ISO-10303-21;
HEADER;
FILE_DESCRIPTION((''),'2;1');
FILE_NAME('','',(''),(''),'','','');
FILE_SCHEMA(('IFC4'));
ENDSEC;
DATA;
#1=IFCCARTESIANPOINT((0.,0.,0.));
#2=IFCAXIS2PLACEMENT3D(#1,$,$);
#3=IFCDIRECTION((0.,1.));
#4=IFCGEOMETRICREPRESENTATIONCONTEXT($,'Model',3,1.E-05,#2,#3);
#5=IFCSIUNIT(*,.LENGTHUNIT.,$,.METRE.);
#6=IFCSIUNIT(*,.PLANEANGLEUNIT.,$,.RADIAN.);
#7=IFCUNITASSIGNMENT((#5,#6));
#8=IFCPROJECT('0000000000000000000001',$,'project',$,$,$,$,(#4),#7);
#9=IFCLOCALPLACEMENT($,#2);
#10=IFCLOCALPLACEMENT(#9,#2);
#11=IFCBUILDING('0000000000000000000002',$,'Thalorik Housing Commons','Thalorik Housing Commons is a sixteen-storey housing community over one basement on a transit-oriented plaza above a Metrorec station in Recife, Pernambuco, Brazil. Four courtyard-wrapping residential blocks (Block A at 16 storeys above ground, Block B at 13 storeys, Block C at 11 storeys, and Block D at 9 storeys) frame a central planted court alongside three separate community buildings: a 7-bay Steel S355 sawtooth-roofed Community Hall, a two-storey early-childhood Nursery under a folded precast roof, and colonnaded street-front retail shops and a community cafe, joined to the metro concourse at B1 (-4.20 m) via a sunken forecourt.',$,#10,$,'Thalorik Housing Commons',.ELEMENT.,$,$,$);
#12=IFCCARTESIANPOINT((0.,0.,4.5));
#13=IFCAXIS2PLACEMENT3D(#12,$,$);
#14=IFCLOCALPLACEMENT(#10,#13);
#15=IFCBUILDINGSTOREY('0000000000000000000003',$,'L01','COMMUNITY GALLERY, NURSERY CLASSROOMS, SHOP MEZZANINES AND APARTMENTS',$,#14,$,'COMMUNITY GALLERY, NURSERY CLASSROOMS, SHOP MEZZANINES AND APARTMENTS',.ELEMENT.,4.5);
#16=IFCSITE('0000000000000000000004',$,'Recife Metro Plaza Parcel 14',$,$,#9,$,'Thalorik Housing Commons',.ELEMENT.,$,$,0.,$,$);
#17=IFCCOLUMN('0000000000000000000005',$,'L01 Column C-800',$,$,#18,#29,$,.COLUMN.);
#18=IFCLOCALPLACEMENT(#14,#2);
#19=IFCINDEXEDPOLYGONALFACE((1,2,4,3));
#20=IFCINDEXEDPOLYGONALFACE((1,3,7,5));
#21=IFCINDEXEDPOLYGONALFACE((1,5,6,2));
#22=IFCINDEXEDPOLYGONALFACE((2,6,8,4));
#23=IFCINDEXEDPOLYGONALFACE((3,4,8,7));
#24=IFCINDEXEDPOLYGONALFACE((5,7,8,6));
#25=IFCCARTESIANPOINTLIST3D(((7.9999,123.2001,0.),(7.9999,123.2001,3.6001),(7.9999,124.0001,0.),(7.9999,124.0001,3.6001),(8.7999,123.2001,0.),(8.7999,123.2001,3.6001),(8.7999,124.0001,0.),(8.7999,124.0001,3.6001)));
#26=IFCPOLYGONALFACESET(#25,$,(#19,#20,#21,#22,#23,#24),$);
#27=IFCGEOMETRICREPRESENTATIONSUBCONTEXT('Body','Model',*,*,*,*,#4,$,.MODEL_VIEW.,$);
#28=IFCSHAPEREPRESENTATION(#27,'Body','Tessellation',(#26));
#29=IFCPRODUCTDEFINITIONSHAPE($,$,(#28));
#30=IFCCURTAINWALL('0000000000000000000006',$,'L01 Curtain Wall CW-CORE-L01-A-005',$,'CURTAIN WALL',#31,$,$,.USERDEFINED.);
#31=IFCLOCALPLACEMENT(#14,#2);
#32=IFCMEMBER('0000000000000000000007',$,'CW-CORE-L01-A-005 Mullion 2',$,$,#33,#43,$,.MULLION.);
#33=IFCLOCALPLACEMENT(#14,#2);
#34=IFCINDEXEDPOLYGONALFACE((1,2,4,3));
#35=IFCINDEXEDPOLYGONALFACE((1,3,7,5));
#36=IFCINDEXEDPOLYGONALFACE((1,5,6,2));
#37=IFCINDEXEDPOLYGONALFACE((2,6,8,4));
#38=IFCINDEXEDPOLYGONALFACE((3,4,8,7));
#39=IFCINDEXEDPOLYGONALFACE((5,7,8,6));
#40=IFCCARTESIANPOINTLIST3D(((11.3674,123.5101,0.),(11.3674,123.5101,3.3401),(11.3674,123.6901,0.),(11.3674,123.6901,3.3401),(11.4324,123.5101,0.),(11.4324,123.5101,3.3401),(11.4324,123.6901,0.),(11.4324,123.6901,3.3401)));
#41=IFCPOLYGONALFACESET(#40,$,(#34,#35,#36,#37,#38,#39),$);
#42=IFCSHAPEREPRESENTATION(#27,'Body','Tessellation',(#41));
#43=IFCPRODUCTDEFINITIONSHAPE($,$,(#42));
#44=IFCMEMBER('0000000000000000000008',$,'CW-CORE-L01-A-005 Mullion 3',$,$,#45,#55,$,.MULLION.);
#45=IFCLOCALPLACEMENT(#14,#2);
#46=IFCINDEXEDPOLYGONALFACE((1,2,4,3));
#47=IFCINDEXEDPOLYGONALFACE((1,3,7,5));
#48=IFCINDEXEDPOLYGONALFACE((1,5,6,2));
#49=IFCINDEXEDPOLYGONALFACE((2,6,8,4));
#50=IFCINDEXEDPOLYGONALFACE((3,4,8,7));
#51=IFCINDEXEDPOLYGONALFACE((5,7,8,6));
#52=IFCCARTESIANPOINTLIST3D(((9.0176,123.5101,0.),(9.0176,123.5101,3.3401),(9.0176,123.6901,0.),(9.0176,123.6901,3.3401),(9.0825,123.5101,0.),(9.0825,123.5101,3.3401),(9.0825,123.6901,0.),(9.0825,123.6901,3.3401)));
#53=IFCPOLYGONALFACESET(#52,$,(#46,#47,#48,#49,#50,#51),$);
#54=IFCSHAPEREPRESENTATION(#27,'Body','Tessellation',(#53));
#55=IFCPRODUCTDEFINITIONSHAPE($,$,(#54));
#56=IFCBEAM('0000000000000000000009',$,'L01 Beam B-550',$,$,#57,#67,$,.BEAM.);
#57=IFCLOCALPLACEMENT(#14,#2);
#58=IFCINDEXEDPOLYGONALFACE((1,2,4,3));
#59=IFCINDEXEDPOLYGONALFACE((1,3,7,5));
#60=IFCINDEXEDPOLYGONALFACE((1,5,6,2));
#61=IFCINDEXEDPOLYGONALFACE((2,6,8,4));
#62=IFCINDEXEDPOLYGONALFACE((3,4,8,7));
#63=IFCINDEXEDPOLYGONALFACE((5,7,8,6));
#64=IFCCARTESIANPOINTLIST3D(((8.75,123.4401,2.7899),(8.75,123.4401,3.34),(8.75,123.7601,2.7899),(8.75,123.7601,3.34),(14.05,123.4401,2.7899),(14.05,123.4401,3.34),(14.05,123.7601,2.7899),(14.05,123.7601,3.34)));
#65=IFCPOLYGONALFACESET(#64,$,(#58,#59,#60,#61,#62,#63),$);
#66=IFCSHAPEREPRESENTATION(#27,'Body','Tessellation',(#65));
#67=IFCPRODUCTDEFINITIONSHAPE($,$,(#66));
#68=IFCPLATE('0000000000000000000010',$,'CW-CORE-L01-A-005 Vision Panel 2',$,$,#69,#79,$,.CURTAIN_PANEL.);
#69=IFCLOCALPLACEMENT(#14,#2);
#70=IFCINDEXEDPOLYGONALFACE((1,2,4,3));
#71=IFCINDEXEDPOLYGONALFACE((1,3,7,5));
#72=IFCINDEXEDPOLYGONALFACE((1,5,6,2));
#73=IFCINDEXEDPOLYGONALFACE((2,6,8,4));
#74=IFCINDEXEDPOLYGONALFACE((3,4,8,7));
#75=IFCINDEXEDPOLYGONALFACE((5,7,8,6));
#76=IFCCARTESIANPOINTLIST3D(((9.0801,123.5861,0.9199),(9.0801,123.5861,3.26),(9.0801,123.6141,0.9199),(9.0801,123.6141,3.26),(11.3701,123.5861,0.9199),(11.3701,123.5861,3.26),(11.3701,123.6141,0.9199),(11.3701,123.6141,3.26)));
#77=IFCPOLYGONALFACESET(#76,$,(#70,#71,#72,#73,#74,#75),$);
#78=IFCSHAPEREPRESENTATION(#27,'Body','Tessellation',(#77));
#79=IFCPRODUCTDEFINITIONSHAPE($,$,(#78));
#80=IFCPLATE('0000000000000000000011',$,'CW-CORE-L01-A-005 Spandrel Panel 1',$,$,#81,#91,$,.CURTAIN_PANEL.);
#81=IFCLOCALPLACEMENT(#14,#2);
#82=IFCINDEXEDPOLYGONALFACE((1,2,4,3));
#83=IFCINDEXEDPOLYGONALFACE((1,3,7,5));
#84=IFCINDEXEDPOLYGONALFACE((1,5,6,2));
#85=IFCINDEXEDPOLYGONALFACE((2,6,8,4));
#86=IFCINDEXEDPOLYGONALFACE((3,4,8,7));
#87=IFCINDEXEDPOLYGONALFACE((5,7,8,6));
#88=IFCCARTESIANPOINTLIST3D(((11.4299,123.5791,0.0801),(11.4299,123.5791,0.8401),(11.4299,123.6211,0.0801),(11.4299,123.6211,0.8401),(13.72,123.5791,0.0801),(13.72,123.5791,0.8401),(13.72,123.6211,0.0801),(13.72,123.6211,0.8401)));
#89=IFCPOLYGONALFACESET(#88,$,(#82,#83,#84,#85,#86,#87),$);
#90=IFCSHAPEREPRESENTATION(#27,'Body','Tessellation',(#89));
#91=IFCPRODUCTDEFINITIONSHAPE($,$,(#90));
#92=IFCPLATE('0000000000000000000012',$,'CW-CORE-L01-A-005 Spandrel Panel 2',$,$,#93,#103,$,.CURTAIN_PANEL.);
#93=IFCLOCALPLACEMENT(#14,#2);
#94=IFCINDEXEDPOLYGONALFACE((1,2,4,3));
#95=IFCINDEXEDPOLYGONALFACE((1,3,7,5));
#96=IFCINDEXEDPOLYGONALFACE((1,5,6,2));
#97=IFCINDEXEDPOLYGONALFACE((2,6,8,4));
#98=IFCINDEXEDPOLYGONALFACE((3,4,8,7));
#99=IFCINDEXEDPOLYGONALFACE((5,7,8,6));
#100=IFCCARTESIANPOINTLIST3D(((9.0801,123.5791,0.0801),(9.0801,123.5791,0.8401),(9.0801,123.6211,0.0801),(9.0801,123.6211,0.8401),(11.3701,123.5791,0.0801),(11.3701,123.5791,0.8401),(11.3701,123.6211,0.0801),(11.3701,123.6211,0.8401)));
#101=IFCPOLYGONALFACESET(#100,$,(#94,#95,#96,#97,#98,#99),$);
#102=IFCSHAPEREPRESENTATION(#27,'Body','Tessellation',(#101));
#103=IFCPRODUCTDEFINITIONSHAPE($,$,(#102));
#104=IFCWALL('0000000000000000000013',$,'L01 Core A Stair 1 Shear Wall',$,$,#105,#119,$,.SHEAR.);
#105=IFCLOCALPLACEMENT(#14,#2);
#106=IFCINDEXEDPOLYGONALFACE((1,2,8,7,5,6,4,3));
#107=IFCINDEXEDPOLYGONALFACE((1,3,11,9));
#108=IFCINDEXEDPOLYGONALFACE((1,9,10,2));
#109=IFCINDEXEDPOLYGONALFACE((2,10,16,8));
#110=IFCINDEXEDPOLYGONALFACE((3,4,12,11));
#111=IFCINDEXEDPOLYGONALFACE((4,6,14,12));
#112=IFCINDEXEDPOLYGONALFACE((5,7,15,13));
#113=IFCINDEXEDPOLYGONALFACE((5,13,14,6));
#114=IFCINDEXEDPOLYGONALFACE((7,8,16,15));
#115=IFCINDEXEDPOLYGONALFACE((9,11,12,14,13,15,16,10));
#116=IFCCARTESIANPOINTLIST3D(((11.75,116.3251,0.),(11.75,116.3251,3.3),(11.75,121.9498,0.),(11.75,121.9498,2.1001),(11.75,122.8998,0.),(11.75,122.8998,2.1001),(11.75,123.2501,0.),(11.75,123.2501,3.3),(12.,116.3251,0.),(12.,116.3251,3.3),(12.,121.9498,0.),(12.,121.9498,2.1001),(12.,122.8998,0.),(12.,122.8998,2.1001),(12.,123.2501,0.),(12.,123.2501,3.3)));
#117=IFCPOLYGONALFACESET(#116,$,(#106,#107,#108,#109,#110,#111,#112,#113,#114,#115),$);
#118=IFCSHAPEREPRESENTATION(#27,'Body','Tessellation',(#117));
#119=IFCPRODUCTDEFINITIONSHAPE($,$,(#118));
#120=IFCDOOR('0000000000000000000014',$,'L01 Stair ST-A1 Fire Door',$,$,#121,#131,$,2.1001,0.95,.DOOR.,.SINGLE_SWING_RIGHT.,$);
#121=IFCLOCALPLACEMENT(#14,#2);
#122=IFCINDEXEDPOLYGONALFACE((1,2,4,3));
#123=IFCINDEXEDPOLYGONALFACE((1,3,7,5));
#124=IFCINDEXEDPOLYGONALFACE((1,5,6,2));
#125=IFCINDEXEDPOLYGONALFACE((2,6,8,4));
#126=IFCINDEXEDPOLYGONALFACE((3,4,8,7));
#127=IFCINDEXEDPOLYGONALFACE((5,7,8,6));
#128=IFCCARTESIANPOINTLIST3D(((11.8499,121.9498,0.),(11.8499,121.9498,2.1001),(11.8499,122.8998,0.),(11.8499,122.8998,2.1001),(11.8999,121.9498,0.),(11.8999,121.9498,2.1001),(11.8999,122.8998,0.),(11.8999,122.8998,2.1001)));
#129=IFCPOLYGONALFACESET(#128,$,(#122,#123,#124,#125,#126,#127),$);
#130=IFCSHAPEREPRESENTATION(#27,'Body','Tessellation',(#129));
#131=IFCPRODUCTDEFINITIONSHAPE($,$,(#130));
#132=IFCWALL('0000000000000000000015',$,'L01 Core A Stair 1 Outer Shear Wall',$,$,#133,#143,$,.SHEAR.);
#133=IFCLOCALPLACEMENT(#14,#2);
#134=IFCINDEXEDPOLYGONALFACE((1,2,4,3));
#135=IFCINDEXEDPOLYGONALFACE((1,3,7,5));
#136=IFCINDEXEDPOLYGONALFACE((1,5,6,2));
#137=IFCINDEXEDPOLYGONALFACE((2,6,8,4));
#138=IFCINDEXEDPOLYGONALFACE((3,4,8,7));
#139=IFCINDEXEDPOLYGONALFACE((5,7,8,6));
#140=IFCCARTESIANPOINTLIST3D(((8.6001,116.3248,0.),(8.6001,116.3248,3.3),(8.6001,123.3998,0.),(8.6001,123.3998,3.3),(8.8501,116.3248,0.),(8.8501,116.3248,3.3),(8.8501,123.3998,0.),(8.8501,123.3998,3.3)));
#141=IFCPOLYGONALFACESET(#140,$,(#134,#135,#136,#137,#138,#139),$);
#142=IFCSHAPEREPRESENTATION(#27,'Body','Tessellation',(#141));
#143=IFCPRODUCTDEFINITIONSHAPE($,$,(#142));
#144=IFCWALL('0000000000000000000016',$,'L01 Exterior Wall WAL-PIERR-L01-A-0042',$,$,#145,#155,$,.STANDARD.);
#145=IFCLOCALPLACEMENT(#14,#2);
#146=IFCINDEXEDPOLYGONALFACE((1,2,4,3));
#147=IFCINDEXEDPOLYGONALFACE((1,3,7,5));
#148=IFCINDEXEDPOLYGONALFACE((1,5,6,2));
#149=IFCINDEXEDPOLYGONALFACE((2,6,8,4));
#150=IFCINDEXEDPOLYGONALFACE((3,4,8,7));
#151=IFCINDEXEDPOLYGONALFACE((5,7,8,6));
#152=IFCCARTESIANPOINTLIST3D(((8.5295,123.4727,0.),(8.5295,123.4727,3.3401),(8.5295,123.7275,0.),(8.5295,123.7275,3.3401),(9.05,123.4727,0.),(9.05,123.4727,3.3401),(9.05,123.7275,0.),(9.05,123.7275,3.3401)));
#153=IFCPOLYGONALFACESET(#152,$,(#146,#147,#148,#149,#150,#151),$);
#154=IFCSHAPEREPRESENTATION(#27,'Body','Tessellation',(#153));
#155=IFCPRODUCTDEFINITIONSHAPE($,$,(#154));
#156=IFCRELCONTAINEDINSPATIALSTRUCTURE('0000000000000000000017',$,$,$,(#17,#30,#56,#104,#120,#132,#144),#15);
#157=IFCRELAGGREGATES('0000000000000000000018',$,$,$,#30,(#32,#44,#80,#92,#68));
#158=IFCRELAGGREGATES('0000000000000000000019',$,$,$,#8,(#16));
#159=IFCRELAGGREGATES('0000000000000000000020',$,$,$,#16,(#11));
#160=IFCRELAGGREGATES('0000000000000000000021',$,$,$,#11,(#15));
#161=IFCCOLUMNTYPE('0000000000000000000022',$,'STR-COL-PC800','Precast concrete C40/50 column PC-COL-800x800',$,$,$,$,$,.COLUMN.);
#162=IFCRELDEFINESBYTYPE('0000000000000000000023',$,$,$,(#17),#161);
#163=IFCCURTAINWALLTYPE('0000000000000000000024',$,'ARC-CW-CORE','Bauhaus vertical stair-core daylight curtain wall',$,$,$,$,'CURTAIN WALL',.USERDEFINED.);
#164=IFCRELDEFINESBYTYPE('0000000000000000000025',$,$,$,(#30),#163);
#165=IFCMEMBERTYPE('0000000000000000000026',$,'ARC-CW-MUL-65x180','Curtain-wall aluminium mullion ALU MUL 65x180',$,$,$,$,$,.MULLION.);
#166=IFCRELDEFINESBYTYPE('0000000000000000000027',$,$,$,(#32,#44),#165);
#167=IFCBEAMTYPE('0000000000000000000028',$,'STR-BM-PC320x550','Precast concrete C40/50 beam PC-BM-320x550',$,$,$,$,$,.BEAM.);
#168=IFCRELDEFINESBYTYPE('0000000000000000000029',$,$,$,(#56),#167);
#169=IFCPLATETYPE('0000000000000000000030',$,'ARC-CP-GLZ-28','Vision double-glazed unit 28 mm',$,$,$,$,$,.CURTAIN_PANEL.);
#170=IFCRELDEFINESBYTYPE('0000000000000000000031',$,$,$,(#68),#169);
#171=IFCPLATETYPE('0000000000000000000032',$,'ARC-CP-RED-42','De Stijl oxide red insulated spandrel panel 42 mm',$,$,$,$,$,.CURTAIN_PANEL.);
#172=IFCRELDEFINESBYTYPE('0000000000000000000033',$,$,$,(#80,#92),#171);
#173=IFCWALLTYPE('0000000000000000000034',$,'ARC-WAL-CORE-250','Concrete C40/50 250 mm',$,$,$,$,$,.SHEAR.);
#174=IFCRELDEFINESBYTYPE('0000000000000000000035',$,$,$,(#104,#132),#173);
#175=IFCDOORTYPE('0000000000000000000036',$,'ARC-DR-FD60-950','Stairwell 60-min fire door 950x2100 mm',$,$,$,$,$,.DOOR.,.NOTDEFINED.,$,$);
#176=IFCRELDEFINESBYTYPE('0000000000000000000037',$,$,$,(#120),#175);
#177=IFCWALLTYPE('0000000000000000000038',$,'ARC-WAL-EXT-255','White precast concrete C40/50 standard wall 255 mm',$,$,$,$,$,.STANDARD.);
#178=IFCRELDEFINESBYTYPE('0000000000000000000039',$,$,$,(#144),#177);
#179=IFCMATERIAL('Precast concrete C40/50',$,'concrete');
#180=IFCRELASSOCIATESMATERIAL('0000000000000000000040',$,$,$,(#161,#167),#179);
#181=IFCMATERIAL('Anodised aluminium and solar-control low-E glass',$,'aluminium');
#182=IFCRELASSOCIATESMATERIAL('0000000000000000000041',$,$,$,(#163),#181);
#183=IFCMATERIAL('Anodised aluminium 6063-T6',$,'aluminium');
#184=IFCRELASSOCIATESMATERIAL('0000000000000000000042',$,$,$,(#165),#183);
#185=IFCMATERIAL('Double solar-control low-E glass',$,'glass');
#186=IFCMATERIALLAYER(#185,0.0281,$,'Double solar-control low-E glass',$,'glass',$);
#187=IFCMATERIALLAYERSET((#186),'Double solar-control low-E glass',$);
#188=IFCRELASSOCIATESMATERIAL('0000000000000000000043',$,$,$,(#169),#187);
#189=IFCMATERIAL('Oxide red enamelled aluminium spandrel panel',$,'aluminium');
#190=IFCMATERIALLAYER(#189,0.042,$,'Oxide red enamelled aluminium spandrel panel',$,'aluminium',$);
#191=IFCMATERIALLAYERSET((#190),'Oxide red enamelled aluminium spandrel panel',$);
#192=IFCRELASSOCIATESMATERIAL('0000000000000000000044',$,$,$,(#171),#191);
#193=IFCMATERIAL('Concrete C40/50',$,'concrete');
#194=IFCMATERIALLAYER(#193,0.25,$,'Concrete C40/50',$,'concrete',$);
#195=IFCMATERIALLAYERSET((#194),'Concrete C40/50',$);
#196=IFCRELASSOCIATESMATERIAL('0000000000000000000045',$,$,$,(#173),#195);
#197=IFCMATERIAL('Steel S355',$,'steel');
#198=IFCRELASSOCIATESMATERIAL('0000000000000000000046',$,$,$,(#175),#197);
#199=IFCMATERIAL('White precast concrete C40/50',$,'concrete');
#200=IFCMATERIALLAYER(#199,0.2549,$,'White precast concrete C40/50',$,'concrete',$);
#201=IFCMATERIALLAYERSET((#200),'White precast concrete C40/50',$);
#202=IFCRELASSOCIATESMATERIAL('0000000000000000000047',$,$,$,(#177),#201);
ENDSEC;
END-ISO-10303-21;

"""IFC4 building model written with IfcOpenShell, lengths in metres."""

from ifc_helpers import new_model, si_unit, direction, frame, frame_2d, origin, origin_2d, place, context, subcontext, project, spatial, rectangle, extrude, material, layer, layer_set, material_profile, profile_set, type_object, element, fill, aggregate, save


model = new_model("IFC4")

# Units and contexts
model_context = context("Model", 3, precision=1e-05, world=origin(), true_north=direction((0.0, 1.0)))
body_context = subcontext(model_context, "Body", "Model", "MODEL_VIEW")
ifc_project = project(units=[si_unit("LENGTHUNIT", "METRE"), si_unit("PLANEANGLEUNIT", "RADIAN")], contexts=[model_context])

# Site, building, storey
site_placement = place(None, origin())
site = spatial("IfcSite", under=ifc_project, at=site_placement, Name="Recife Metro Plaza Parcel 14", LongName="Thalorik Housing Commons", CompositionType="ELEMENT", RefElevation=0.0)
building_placement = place(site_placement, origin())
building = spatial("IfcBuilding", under=site, at=building_placement, Name="Thalorik Housing Commons", Description="Thalorik Housing Commons is a sixteen-storey housing community over one basement on a transit-oriented plaza above a Metrorec station in Recife, Pernambuco, Brazil. Four courtyard-wrapping residential blocks (Block A at 16 storeys above ground, Block B at 13 storeys, Block C at 11 storeys, and Block D at 9 storeys) frame a central planted court alongside three separate community buildings: a 7-bay Steel S355 sawtooth-roofed Community Hall, a two-storey early-childhood Nursery under a folded precast roof, and colonnaded street-front retail shops and a community cafe, joined to the metro concourse at B1 (-4.20 m) via a sunken forecourt.", LongName="Thalorik Housing Commons", CompositionType="ELEMENT")
storey_placement = place(building_placement, frame((0.0, 0.0, 4.5)))
storey = spatial("IfcBuildingStorey", under=building, at=storey_placement, Name="L01", Description="COMMUNITY GALLERY, NURSERY CLASSROOMS, SHOP MEZZANINES AND APARTMENTS", LongName="COMMUNITY GALLERY, NURSERY CLASSROOMS, SHOP MEZZANINES AND APARTMENTS", CompositionType="ELEMENT", Elevation=4.5)

# Column
ifc_material_1 = material(Name="Precast concrete C40/50", Category="concrete")
ifc_material_profile_1 = material_profile(ifc_material_1, rectangle(XDim=0.8, YDim=0.8, at=origin_2d()), Name="PC 800x800", Category="concrete")
ifc_profile_set_1 = profile_set([ifc_material_profile_1], Name="Precast concrete C40/50")
column_type = type_object("IfcColumnType", Name="STR-COL-PC800", Description="Precast concrete C40/50 column PC-COL-800x800", PredefinedType="COLUMN", material=ifc_profile_set_1)
column_placement = place(storey_placement, frame((8.3999, 123.6001, 0.0), z_axis=(0.0, 0.0, 1.0), x_axis=(1.0, 0.0, 0.0)))
element("IfcColumn", 1, at=column_placement, inside=storey, type_object=column_type, Name="L01 Column C-800", PredefinedType="COLUMN", context=body_context, shape_type="SweptSolid", body=[
    extrude(rectangle(XDim=0.8, YDim=0.8, at=origin_2d()), origin(), (0.0, 0.0, 1.0), 3.6001),
])

# Curtain wall, members
ifc_material_2 = material(Name="Anodised aluminium and solar-control low-E glass", Category="aluminium")
curtain_wall_type = type_object("IfcCurtainWallType", Name="ARC-CW-CORE", Description="Bauhaus vertical stair-core daylight curtain wall", ElementType="CURTAIN WALL", PredefinedType="USERDEFINED", material=ifc_material_2)
curtain_wall_placement = place(storey_placement, origin())
curtain_wall = element("IfcCurtainWall", 2, at=curtain_wall_placement, inside=storey, type_object=curtain_wall_type, Name="L01 Curtain Wall CW-CORE-L01-A-005", ObjectType="CURTAIN WALL", PredefinedType="USERDEFINED")
ifc_material_3 = material(Name="Anodised aluminium 6063-T6", Category="aluminium")
ifc_material_profile_2 = material_profile(ifc_material_3, rectangle(XDim=0.0649, YDim=0.1799, at=origin_2d()), Name="ALU MUL 65x180", Category="aluminium")
ifc_profile_set_2 = profile_set([ifc_material_profile_2], Name="Anodised aluminium 6063-T6")
member_type = type_object("IfcMemberType", Name="ARC-CW-MUL-65x180", Description="Curtain-wall aluminium mullion ALU MUL 65x180", PredefinedType="MULLION", material=ifc_profile_set_2)
member_1_placement = place(storey_placement, frame((11.3999, 123.6001, 0.0), z_axis=(0.0, 0.0, 1.0), x_axis=(-1.0, 0.0, 0.0)))
member_1 = element("IfcMember", 3, at=member_1_placement, type_object=member_type, Name="CW-CORE-L01-A-005 Mullion 2", PredefinedType="MULLION", context=body_context, shape_type="SweptSolid", body=[
    extrude(rectangle(XDim=0.0649, YDim=0.1799, at=origin_2d()), origin(), (0.0, 0.0, 1.0), 3.3401),
])
member_2_placement = place(storey_placement, frame((9.05, 123.6001, 0.0), z_axis=(0.0, 0.0, 1.0), x_axis=(-1.0, 0.0, 0.0)))
member_2 = element("IfcMember", 4, at=member_2_placement, type_object=member_type, Name="CW-CORE-L01-A-005 Mullion 3", PredefinedType="MULLION", context=body_context, shape_type="SweptSolid", body=[
    extrude(rectangle(XDim=0.0649, YDim=0.1799, at=origin_2d()), origin(), (0.0, 0.0, 1.0), 3.3401),
])

# Beam
ifc_material_profile_3 = material_profile(ifc_material_1, rectangle(XDim=0.3201, YDim=0.55, at=origin_2d()), Name="PC 320x550", Category="concrete")
ifc_profile_set_3 = profile_set([ifc_material_profile_3], Name="Precast concrete C40/50")
beam_type = type_object("IfcBeamType", Name="STR-BM-PC320x550", Description="Precast concrete C40/50 beam PC-BM-320x550", PredefinedType="BEAM", material=ifc_profile_set_3)
beam_placement = place(storey_placement, frame((8.75, 123.6001, 3.0649), z_axis=(1.0, 0.0, 0.0), x_axis=(0.0, 1.0, 0.0)))
element("IfcBeam", 5, at=beam_placement, inside=storey, type_object=beam_type, Name="L01 Beam B-550", PredefinedType="BEAM", context=body_context, shape_type="SweptSolid", body=[
    extrude(rectangle(XDim=0.3201, YDim=0.55, at=origin_2d()), origin(), (0.0, 0.0, 1.0), 5.3),
])

# Plates
ifc_material_4 = material(Name="Double solar-control low-E glass", Category="glass")
ifc_layer_1 = layer(ifc_material_4, 0.0281, Name="Double solar-control low-E glass", Category="glass")
ifc_layer_set_1 = layer_set([ifc_layer_1], Name="Double solar-control low-E glass")
plate_type_1 = type_object("IfcPlateType", Name="ARC-CP-GLZ-28", Description="Vision double-glazed unit 28 mm", PredefinedType="CURTAIN_PANEL", material=ifc_layer_set_1)
plate_1_placement = place(storey_placement, frame((10.2251, 123.6001, 0.9199), z_axis=(0.0, 0.0, 1.0), x_axis=(-1.0, 0.0, 0.0)))
plate_1 = element("IfcPlate", 6, at=plate_1_placement, type_object=plate_type_1, Name="CW-CORE-L01-A-005 Vision Panel 2", PredefinedType="CURTAIN_PANEL", context=body_context, shape_type="SweptSolid", body=[
    extrude(rectangle(XDim=2.29, YDim=0.0281, at=origin_2d()), origin(), (0.0, 0.0, 1.0), 2.3401),
])
ifc_material_5 = material(Name="Oxide red enamelled aluminium spandrel panel", Category="aluminium")
ifc_layer_2 = layer(ifc_material_5, 0.042, Name="Oxide red enamelled aluminium spandrel panel", Category="aluminium")
ifc_layer_set_2 = layer_set([ifc_layer_2], Name="Oxide red enamelled aluminium spandrel panel")
plate_type_2 = type_object("IfcPlateType", Name="ARC-CP-RED-42", Description="De Stijl oxide red insulated spandrel panel 42 mm", PredefinedType="CURTAIN_PANEL", material=ifc_layer_set_2)
plate_2_placement = place(storey_placement, frame((12.575, 123.6001, 0.0801), z_axis=(0.0, 0.0, 1.0), x_axis=(-1.0, 0.0, 0.0)))
plate_2 = element("IfcPlate", 7, at=plate_2_placement, type_object=plate_type_2, Name="CW-CORE-L01-A-005 Spandrel Panel 1", PredefinedType="CURTAIN_PANEL", context=body_context, shape_type="SweptSolid", body=[
    extrude(rectangle(XDim=2.29, YDim=0.042, at=origin_2d()), origin(), (0.0, 0.0, 1.0), 0.76),
])
plate_3_placement = place(storey_placement, frame((10.2251, 123.6001, 0.0801), z_axis=(0.0, 0.0, 1.0), x_axis=(-1.0, 0.0, 0.0)))
plate_3 = element("IfcPlate", 8, at=plate_3_placement, type_object=plate_type_2, Name="CW-CORE-L01-A-005 Spandrel Panel 2", PredefinedType="CURTAIN_PANEL", context=body_context, shape_type="SweptSolid", body=[
    extrude(rectangle(XDim=2.29, YDim=0.042, at=origin_2d()), origin(), (0.0, 0.0, 1.0), 0.76),
])
aggregate(curtain_wall, [member_1, member_2, plate_2, plate_3, plate_1])

# Wall, opening, door
ifc_material_6 = material(Name="Concrete C40/50", Category="concrete")
ifc_layer_3 = layer(ifc_material_6, 0.25, Name="Concrete C40/50", Category="concrete")
ifc_layer_set_3 = layer_set([ifc_layer_3], Name="Concrete C40/50")
wall_type_1 = type_object("IfcWallType", Name="ARC-WAL-CORE-250", Description="Concrete C40/50 250 mm", PredefinedType="SHEAR", material=ifc_layer_set_3)
wall_1_placement = place(storey_placement, frame((11.875, 123.25, 0.0), z_axis=(0.0, 0.0, 1.0), x_axis=(0.0, -1.0, 0.0)))
wall_1 = element("IfcWall", 9, at=wall_1_placement, inside=storey, type_object=wall_type_1, Name="L01 Core A Stair 1 Shear Wall", PredefinedType="SHEAR", context=body_context, shape_type="SweptSolid", body=[
    extrude(rectangle(XDim=6.925, YDim=0.25, at=frame_2d((3.4624, 0.0))), origin(), (0.0, 0.0, 1.0), 3.3),
])
opening_1_placement = place(wall_1_placement, frame((0.3501, 0.0, 0.0)))
opening_1 = element("IfcOpeningElement", 10, at=opening_1_placement, cuts=wall_1, PredefinedType="OPENING", context=body_context, shape_type="SweptSolid", body=[
    extrude(rectangle(XDim=0.95, YDim=2.1001, at=frame_2d((0.4751, 1.05))), frame((0.0, 0.135, 0.0), z_axis=(0.0, -1.0, 0.0), x_axis=(1.0, 0.0, 0.0)), (0.0, 0.0, 1.0), 0.27),
])
ifc_material_7 = material(Name="Steel S355", Category="steel")
door_type = type_object("IfcDoorType", Name="ARC-DR-FD60-950", Description="Stairwell 60-min fire door 950x2100 mm", OperationType="NOTDEFINED", PredefinedType="DOOR", material=ifc_material_7)
door_placement = place(opening_1_placement, origin())
door = element("IfcDoor", 11, at=door_placement, inside=storey, type_object=door_type, Name="L01 Stair ST-A1 Fire Door", OperationType="SINGLE_SWING_RIGHT", OverallHeight=2.1001, OverallWidth=0.95, PredefinedType="DOOR", context=body_context, shape_type="SweptSolid", body=[
    extrude(rectangle(XDim=0.95, YDim=2.1001, at=frame_2d((0.4751, 1.05))), frame((0.0, 0.0249, 0.0), z_axis=(0.0, -1.0, 0.0), x_axis=(1.0, 0.0, 0.0)), (0.0, 0.0, 1.0), 0.05),
])
fill(opening_1, door)

# Walls
wall_2_placement = place(storey_placement, frame((8.7251, 123.3999, 0.0), z_axis=(0.0, 0.0, 1.0), x_axis=(0.0, -1.0, 0.0)))
element("IfcWall", 12, at=wall_2_placement, inside=storey, type_object=wall_type_1, Name="L01 Core A Stair 1 Outer Shear Wall", PredefinedType="SHEAR", context=body_context, shape_type="SweptSolid", body=[
    extrude(rectangle(XDim=7.075, YDim=0.25, at=frame_2d((3.5376, 0.0))), origin(), (0.0, 0.0, 1.0), 3.3),
])
ifc_material_8 = material(Name="White precast concrete C40/50", Category="concrete")
ifc_layer_4 = layer(ifc_material_8, 0.2549, Name="White precast concrete C40/50", Category="concrete")
ifc_layer_set_4 = layer_set([ifc_layer_4], Name="White precast concrete C40/50")
wall_type_2 = type_object("IfcWallType", Name="ARC-WAL-EXT-255", Description="White precast concrete C40/50 standard wall 255 mm", PredefinedType="STANDARD", material=ifc_layer_set_4)
wall_3_placement = place(storey_placement, frame((9.05, 123.6001, 0.0), z_axis=(0.0, 0.0, 1.0), x_axis=(-1.0, 0.0, 0.0)))
element("IfcWall", 13, at=wall_3_placement, inside=storey, type_object=wall_type_2, Name="L01 Exterior Wall WAL-PIERR-L01-A-0042", PredefinedType="STANDARD", context=body_context, shape_type="SweptSolid", body=[
    extrude(rectangle(XDim=0.5205, YDim=0.2549, at=frame_2d((0.2603, 0.0))), origin(), (0.0, 0.0, 1.0), 3.3401),
])

save(model, "model.ifc")
